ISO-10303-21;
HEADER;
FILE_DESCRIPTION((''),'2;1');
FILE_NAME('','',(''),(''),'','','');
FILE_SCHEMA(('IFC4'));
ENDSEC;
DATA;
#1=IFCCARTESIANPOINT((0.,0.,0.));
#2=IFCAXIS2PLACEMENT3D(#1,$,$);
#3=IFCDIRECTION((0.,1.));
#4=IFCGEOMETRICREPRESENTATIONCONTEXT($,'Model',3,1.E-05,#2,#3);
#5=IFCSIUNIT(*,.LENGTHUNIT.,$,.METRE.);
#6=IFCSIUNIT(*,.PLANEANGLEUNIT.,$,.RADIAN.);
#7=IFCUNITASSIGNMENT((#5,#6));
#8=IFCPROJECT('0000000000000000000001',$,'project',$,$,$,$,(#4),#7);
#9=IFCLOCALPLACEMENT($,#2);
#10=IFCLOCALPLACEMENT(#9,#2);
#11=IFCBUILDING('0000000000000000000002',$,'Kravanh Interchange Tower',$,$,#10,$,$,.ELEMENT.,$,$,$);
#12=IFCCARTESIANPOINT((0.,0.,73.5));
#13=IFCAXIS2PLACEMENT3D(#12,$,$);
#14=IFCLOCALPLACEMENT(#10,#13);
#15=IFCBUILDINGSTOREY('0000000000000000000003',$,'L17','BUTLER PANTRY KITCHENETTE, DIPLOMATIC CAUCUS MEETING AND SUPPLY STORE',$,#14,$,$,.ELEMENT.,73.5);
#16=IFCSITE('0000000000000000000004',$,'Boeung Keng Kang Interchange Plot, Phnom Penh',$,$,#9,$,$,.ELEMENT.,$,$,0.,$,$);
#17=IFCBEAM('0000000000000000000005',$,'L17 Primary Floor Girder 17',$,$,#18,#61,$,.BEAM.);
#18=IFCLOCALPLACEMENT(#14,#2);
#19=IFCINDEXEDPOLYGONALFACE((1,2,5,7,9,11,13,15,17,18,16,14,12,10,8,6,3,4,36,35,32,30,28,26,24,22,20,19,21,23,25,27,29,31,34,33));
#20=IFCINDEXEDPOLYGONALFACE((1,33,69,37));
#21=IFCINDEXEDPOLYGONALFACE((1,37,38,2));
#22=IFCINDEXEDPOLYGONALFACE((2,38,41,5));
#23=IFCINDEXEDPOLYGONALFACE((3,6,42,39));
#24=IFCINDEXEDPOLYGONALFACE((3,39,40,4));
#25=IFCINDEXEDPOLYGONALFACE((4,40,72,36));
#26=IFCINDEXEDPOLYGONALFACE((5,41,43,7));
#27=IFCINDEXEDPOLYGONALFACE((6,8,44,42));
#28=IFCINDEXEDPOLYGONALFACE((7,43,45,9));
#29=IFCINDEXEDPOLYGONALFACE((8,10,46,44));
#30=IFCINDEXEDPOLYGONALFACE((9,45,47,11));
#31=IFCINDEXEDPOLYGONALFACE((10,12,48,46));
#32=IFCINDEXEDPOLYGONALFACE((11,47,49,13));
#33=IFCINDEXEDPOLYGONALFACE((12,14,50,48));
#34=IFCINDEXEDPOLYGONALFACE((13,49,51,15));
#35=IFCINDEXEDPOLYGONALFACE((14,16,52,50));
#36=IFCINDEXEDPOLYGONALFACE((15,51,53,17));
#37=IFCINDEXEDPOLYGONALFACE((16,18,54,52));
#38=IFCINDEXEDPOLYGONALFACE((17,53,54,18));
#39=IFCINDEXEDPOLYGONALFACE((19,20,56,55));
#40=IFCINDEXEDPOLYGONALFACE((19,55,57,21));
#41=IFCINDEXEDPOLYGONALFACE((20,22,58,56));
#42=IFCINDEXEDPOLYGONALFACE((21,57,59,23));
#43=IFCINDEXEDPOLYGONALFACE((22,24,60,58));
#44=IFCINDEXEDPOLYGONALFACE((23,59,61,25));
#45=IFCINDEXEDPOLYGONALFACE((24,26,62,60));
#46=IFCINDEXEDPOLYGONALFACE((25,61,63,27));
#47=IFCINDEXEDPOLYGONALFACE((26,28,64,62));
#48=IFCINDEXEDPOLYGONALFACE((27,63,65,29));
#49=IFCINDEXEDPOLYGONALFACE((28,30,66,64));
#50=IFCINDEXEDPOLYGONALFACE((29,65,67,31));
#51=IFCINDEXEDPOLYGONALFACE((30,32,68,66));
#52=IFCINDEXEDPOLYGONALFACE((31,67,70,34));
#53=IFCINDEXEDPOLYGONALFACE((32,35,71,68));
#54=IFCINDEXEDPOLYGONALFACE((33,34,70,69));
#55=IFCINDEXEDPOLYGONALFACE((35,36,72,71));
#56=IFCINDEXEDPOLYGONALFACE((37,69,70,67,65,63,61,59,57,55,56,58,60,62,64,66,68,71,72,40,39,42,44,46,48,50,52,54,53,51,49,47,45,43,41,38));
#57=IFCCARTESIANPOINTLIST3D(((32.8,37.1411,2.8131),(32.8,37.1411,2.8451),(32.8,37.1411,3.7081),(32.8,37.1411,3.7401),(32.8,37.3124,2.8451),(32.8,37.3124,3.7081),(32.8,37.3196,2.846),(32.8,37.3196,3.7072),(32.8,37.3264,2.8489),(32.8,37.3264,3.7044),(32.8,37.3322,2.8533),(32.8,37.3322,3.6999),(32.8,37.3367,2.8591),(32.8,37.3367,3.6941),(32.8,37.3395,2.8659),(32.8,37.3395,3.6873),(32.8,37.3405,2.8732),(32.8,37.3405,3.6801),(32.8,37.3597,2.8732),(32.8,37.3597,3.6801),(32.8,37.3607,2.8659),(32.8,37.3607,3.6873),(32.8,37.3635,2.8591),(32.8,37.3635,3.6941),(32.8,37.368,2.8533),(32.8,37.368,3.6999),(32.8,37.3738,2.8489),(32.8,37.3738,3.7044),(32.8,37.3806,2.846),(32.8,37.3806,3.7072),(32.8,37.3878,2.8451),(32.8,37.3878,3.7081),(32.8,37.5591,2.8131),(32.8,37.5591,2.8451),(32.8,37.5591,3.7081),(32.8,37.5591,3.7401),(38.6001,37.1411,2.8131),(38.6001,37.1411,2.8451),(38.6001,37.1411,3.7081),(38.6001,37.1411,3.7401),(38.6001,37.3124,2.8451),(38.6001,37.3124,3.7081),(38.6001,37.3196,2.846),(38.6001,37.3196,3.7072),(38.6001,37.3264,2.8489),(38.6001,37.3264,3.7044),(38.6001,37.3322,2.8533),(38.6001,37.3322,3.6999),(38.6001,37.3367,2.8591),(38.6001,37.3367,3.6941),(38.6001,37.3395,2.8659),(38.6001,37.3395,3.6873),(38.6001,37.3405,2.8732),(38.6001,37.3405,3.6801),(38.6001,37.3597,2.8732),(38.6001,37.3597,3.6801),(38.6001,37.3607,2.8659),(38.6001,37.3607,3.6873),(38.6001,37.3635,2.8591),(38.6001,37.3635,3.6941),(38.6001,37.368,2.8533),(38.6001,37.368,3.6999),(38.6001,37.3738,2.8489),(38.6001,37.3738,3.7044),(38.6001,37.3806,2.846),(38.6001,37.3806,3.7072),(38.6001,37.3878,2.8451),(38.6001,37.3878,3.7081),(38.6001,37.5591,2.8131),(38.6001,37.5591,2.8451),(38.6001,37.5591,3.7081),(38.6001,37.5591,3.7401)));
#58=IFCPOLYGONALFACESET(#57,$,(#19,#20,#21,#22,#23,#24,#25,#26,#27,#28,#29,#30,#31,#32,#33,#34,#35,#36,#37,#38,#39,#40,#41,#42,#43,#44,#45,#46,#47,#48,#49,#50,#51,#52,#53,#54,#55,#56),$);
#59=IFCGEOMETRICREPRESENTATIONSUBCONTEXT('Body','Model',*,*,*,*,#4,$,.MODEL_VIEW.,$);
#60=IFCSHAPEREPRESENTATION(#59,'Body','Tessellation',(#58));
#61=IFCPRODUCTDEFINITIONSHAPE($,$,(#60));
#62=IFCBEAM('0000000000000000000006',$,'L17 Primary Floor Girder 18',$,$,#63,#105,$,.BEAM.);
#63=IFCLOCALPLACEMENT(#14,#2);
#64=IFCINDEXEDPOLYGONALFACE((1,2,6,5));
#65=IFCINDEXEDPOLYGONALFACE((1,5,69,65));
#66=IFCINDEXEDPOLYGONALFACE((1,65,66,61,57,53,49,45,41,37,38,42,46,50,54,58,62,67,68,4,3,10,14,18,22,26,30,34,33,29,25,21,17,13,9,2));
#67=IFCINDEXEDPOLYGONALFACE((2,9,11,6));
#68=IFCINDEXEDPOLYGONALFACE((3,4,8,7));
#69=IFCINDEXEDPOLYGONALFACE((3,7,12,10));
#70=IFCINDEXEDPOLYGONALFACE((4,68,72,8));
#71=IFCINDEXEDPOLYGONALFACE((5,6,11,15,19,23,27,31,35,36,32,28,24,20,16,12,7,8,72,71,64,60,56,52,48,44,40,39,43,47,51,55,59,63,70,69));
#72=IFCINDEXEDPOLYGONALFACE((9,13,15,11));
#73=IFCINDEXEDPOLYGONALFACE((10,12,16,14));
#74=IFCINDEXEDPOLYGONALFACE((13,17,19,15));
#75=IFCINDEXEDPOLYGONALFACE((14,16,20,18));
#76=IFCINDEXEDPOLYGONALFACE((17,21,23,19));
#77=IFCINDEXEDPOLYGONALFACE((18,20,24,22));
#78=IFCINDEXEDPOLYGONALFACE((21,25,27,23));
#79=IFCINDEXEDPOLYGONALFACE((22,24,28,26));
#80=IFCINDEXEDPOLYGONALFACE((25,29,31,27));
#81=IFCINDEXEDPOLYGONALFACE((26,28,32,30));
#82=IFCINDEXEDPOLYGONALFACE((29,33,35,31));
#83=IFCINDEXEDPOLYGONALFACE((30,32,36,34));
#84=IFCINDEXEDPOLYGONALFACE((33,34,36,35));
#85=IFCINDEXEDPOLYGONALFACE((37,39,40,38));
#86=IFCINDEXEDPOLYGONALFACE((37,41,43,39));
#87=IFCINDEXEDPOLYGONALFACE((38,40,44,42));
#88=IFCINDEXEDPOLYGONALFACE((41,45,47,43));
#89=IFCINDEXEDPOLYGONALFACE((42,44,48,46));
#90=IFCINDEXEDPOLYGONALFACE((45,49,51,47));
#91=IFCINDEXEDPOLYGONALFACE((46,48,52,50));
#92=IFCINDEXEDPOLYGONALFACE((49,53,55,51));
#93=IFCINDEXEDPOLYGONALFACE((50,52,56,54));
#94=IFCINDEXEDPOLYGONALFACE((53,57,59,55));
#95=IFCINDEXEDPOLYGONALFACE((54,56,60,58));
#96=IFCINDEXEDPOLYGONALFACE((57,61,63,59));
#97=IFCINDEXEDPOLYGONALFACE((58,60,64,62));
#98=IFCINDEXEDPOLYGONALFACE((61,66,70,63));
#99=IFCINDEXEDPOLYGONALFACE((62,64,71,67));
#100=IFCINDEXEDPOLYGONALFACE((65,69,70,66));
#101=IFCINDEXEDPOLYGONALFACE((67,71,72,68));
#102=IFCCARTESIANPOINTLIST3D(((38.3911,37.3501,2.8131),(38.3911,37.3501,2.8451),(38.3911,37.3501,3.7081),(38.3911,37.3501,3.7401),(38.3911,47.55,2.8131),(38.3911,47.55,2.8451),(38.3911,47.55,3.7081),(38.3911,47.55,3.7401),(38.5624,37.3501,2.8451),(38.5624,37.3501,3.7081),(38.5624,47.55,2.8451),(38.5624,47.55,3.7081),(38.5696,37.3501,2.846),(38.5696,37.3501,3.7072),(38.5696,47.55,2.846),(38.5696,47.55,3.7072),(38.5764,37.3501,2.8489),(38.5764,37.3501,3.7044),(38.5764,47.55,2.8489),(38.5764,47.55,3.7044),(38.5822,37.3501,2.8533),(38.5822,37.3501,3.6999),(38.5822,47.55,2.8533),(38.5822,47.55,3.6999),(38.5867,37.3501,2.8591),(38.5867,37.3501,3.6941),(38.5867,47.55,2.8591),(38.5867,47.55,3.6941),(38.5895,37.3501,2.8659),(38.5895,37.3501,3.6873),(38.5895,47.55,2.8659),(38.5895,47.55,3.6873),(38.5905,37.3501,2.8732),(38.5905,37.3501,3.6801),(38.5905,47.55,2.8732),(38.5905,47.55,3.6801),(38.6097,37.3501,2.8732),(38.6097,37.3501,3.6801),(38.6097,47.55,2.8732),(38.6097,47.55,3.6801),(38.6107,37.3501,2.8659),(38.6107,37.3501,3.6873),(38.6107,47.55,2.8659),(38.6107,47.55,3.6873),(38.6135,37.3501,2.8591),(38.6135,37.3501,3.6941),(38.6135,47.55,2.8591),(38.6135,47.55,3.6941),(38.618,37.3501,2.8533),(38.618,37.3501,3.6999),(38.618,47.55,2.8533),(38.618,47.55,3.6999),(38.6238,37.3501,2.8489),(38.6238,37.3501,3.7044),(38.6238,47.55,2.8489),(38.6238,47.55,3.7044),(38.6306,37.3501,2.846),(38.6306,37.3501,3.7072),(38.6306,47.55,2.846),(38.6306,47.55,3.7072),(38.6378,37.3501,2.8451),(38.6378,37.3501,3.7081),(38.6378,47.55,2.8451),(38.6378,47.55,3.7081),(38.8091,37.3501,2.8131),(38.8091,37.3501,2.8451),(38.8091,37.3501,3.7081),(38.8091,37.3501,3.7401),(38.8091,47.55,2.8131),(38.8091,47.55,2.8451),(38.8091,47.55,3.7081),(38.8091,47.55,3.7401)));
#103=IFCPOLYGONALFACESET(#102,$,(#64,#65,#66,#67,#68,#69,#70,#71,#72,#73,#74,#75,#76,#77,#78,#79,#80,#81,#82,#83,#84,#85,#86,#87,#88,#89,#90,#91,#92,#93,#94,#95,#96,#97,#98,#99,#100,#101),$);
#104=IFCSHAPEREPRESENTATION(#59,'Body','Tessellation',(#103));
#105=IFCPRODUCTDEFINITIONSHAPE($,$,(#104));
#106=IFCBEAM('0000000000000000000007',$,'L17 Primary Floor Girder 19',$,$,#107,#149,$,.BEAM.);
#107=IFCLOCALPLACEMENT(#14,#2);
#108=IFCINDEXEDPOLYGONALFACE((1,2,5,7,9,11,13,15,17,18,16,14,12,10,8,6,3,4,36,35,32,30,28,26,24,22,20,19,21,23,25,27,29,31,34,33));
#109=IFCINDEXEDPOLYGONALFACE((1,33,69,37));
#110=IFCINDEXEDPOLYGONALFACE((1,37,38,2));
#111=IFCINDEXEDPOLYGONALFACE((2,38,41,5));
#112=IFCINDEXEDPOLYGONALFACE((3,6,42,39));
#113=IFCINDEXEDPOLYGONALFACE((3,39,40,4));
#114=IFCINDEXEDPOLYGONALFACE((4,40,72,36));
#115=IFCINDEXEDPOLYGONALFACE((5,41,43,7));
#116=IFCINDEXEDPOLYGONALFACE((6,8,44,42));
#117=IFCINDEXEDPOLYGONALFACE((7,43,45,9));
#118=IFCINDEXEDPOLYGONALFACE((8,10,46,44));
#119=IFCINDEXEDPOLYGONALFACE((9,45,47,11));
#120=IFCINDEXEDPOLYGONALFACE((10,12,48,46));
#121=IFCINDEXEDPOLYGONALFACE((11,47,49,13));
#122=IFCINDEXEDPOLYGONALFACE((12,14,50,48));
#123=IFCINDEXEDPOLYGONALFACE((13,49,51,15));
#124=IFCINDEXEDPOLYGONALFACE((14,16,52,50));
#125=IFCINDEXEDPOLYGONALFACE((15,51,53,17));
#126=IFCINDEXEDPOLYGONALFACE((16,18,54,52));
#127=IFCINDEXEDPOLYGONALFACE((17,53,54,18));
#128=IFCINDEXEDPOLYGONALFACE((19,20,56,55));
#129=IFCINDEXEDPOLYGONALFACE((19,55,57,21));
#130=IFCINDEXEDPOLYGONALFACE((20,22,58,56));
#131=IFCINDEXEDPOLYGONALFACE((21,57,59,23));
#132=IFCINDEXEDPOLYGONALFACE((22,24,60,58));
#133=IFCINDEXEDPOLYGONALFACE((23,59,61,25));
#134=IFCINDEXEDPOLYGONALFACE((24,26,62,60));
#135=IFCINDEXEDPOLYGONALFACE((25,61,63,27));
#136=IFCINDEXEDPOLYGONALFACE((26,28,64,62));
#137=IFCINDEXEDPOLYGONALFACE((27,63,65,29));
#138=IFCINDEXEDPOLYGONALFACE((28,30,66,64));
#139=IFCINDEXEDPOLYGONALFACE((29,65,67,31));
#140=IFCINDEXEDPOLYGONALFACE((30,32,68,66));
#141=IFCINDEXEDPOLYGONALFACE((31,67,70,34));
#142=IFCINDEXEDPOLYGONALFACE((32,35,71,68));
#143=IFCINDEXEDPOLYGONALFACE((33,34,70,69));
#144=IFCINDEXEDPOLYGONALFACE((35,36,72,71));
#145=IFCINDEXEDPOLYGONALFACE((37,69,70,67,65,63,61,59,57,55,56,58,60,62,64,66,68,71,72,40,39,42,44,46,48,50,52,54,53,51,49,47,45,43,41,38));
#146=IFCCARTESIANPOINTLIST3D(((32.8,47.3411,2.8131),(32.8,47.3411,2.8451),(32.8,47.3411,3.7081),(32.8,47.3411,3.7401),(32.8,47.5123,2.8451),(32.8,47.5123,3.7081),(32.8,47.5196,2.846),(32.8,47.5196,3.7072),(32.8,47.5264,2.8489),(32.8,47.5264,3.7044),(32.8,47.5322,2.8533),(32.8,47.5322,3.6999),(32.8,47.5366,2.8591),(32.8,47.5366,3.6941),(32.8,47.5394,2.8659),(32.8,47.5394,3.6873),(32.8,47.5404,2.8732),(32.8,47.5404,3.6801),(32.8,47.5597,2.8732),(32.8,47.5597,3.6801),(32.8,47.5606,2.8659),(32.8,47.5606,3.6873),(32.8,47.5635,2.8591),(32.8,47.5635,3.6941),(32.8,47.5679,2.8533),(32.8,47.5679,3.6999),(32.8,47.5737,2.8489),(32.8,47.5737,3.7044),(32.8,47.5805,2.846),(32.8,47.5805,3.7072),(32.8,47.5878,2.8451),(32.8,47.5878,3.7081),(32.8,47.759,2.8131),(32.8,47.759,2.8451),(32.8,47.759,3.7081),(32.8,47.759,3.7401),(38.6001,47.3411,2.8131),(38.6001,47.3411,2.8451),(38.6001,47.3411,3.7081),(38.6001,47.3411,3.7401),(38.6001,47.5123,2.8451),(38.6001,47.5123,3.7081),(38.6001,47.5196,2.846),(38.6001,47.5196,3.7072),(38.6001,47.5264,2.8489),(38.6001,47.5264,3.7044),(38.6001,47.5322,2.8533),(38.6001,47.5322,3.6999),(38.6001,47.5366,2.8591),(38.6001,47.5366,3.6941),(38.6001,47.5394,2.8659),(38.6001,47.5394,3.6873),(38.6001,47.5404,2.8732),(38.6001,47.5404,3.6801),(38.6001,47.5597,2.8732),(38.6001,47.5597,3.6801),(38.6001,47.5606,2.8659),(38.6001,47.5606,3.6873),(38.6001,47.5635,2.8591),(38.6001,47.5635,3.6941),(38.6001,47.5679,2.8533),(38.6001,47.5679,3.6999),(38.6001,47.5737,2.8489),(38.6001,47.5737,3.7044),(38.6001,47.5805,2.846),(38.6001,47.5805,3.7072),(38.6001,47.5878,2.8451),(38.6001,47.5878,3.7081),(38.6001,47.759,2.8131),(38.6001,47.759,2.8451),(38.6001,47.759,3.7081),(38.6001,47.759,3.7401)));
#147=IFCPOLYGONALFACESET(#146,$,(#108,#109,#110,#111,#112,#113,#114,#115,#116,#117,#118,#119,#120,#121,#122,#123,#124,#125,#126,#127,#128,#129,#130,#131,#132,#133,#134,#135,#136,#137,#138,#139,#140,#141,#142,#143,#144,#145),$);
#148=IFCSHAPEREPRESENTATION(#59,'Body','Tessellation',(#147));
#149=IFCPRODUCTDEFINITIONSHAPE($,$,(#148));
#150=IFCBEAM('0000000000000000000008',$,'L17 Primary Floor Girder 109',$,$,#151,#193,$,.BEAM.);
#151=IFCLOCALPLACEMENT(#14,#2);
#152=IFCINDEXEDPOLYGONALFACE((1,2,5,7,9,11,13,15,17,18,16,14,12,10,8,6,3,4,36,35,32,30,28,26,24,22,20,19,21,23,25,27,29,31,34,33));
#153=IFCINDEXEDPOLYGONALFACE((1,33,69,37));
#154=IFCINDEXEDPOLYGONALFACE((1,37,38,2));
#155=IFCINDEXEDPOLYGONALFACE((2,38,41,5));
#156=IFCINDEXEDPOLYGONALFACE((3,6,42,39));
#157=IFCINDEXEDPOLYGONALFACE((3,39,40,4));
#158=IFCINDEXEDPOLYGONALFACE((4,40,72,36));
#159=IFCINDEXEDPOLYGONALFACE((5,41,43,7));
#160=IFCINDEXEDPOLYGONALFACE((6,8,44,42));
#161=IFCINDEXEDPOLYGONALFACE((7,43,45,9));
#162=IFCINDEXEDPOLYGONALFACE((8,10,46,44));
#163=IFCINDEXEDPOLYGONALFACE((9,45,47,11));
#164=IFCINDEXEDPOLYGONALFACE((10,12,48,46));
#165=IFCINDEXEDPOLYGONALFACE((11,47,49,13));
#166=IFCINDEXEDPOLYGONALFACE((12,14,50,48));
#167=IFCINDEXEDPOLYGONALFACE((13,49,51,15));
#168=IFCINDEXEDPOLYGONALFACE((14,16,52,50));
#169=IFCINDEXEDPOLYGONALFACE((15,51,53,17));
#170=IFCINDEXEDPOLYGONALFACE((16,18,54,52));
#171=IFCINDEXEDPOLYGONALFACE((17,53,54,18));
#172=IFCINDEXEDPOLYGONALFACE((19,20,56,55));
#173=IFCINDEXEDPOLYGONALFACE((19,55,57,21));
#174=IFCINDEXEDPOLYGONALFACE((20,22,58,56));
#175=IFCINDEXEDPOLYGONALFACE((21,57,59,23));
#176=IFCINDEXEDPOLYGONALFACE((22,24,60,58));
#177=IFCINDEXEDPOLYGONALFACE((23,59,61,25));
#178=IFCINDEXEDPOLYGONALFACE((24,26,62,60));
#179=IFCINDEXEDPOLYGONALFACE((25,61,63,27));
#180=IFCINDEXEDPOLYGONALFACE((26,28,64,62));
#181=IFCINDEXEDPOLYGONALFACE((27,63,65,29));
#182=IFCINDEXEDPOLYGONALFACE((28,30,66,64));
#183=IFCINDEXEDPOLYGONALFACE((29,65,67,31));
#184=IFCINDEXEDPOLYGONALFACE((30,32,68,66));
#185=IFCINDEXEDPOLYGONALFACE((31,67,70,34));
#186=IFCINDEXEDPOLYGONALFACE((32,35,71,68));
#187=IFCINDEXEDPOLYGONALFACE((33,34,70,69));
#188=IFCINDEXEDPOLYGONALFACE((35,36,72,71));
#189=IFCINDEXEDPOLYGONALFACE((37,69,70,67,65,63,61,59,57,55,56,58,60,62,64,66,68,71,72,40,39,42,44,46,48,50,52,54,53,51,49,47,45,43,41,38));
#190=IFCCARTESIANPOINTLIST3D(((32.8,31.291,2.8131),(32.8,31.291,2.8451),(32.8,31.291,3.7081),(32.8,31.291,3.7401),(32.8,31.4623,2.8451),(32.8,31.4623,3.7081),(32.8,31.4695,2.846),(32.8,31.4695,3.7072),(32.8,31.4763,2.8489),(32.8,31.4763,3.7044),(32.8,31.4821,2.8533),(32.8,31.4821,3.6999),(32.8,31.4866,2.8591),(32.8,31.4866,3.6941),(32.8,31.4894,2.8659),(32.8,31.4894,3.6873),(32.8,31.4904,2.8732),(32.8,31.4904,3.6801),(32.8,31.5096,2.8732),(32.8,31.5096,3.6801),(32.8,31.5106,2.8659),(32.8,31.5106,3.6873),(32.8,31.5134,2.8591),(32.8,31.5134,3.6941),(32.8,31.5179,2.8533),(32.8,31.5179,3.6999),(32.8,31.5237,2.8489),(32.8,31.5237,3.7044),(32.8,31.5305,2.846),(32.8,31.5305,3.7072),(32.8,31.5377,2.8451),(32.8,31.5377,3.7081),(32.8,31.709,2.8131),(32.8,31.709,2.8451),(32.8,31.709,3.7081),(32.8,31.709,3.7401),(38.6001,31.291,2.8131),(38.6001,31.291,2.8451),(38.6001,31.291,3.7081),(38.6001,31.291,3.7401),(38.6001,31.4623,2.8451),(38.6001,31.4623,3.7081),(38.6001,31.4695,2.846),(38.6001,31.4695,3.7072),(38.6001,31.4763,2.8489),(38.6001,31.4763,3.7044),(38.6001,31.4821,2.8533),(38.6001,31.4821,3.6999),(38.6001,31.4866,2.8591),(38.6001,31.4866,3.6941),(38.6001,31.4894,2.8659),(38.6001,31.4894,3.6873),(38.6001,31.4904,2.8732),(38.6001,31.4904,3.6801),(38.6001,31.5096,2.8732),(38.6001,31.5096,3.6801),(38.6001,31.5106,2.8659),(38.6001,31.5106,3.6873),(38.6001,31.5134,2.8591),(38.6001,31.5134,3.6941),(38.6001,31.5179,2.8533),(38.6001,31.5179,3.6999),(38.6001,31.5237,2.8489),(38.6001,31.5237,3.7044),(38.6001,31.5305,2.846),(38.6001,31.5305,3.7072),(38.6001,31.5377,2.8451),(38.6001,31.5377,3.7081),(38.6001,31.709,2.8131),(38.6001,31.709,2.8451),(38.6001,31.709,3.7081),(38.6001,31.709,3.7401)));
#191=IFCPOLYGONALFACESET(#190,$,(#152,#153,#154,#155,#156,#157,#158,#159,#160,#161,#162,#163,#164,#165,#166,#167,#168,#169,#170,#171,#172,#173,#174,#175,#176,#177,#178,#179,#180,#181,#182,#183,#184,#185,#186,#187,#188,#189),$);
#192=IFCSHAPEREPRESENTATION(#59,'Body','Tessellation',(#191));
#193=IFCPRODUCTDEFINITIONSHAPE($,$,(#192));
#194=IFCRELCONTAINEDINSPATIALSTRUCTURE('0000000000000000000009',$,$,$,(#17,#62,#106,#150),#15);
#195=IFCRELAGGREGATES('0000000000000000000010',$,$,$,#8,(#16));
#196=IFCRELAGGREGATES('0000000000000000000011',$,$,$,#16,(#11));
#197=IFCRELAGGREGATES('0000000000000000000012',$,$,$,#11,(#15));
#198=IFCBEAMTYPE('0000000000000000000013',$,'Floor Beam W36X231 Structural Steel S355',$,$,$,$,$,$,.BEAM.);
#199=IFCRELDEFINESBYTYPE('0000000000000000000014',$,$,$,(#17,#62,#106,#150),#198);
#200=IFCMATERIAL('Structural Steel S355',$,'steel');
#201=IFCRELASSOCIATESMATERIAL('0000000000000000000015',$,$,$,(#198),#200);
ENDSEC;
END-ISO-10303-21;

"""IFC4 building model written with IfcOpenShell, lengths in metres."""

from ifc_helpers import new_model, si_unit, direction, frame, origin, origin_2d, place, context, subcontext, project, spatial, i_section, extrude, material, material_profile, profile_set, type_object, element, save


model = new_model("IFC4")

# Units and contexts
model_context = context("Model", 3, precision=1e-05, world=origin(), true_north=direction((0.0, 1.0)))
body_context = subcontext(model_context, "Body", "Model", "MODEL_VIEW")
ifc_project = project(units=[si_unit("LENGTHUNIT", "METRE"), si_unit("PLANEANGLEUNIT", "RADIAN")], contexts=[model_context])

# Site, building, storey
site_placement = place(None, origin())
site = spatial("IfcSite", under=ifc_project, at=site_placement, Name="Boeung Keng Kang Interchange Plot, Phnom Penh", CompositionType="ELEMENT", RefElevation=0.0)
building_placement = place(site_placement, origin())
building = spatial("IfcBuilding", under=site, at=building_placement, Name="Kravanh Interchange Tower", CompositionType="ELEMENT")
storey_placement = place(building_placement, frame((0.0, 0.0, 73.5)))
storey = spatial("IfcBuildingStorey", under=building, at=storey_placement, Name="L17", Description="BUTLER PANTRY KITCHENETTE, DIPLOMATIC CAUCUS MEETING AND SUPPLY STORE", CompositionType="ELEMENT", Elevation=73.5)

# Beams
ifc_material_1 = material(Name="Structural Steel S355", Category="steel")
ifc_material_profile_1 = material_profile(ifc_material_1, i_section(OverallWidth=0.418, OverallDepth=0.927, WebThickness=0.0193, FlangeThickness=0.032, FilletRadius=0.0281, at=origin_2d()), Name="W36X231")
ifc_profile_set_1 = profile_set([ifc_material_profile_1], Name="Structural Steel S355")
beam_type_1 = type_object("IfcBeamType", Name="Floor Beam W36X231 Structural Steel S355", PredefinedType="BEAM", material=ifc_profile_set_1)
beam_1_placement = place(storey_placement, frame((38.6001, 37.3501, 3.2766), z_axis=(-1.0, 0.0, 0.0), x_axis=(0.0, -1.0, 0.0)))
element("IfcBeam", 1, at=beam_1_placement, inside=storey, type_object=beam_type_1, Name="L17 Primary Floor Girder 17", PredefinedType="BEAM", context=body_context, shape_type="SweptSolid", body=[
    extrude(i_section(OverallWidth=0.418, OverallDepth=0.927, WebThickness=0.0193, FlangeThickness=0.032, FilletRadius=0.0281, at=origin_2d()), origin(), (0.0, 0.0, 1.0), 5.8),
])
beam_2_placement = place(storey_placement, frame((38.6001, 37.3501, 3.2766), z_axis=(0.0, 1.0, 0.0), x_axis=(-1.0, 0.0, 0.0)))
element("IfcBeam", 2, at=beam_2_placement, inside=storey, type_object=beam_type_1, Name="L17 Primary Floor Girder 18", PredefinedType="BEAM", context=body_context, shape_type="SweptSolid", body=[
    extrude(i_section(OverallWidth=0.418, OverallDepth=0.927, WebThickness=0.0193, FlangeThickness=0.032, FilletRadius=0.0281, at=origin_2d()), origin(), (0.0, 0.0, 1.0), 10.2),
])
for number, where, z_axis, x_axis, name in (
    (3, (38.6001, 47.55, 3.2766), (-1.0, 0.0, 0.0), (0.0, -1.0, 0.0), "L17 Primary Floor Girder 19"),
    (4, (32.8, 31.5, 3.2766), (1.0, 0.0, 0.0), (0.0, 1.0, 0.0), "L17 Primary Floor Girder 109"),
):
    element("IfcBeam", number, at=place(storey_placement, frame(where, z_axis=z_axis, x_axis=x_axis)), inside=storey, type_object=beam_type_1, Name=name, PredefinedType="BEAM", context=body_context, shape_type="SweptSolid", body=[
        extrude(i_section(OverallWidth=0.418, OverallDepth=0.927, WebThickness=0.0193, FlangeThickness=0.032, FilletRadius=0.0281, at=origin_2d()), origin(), (0.0, 0.0, 1.0), 5.8),
    ])

save(model, "model.ifc")
